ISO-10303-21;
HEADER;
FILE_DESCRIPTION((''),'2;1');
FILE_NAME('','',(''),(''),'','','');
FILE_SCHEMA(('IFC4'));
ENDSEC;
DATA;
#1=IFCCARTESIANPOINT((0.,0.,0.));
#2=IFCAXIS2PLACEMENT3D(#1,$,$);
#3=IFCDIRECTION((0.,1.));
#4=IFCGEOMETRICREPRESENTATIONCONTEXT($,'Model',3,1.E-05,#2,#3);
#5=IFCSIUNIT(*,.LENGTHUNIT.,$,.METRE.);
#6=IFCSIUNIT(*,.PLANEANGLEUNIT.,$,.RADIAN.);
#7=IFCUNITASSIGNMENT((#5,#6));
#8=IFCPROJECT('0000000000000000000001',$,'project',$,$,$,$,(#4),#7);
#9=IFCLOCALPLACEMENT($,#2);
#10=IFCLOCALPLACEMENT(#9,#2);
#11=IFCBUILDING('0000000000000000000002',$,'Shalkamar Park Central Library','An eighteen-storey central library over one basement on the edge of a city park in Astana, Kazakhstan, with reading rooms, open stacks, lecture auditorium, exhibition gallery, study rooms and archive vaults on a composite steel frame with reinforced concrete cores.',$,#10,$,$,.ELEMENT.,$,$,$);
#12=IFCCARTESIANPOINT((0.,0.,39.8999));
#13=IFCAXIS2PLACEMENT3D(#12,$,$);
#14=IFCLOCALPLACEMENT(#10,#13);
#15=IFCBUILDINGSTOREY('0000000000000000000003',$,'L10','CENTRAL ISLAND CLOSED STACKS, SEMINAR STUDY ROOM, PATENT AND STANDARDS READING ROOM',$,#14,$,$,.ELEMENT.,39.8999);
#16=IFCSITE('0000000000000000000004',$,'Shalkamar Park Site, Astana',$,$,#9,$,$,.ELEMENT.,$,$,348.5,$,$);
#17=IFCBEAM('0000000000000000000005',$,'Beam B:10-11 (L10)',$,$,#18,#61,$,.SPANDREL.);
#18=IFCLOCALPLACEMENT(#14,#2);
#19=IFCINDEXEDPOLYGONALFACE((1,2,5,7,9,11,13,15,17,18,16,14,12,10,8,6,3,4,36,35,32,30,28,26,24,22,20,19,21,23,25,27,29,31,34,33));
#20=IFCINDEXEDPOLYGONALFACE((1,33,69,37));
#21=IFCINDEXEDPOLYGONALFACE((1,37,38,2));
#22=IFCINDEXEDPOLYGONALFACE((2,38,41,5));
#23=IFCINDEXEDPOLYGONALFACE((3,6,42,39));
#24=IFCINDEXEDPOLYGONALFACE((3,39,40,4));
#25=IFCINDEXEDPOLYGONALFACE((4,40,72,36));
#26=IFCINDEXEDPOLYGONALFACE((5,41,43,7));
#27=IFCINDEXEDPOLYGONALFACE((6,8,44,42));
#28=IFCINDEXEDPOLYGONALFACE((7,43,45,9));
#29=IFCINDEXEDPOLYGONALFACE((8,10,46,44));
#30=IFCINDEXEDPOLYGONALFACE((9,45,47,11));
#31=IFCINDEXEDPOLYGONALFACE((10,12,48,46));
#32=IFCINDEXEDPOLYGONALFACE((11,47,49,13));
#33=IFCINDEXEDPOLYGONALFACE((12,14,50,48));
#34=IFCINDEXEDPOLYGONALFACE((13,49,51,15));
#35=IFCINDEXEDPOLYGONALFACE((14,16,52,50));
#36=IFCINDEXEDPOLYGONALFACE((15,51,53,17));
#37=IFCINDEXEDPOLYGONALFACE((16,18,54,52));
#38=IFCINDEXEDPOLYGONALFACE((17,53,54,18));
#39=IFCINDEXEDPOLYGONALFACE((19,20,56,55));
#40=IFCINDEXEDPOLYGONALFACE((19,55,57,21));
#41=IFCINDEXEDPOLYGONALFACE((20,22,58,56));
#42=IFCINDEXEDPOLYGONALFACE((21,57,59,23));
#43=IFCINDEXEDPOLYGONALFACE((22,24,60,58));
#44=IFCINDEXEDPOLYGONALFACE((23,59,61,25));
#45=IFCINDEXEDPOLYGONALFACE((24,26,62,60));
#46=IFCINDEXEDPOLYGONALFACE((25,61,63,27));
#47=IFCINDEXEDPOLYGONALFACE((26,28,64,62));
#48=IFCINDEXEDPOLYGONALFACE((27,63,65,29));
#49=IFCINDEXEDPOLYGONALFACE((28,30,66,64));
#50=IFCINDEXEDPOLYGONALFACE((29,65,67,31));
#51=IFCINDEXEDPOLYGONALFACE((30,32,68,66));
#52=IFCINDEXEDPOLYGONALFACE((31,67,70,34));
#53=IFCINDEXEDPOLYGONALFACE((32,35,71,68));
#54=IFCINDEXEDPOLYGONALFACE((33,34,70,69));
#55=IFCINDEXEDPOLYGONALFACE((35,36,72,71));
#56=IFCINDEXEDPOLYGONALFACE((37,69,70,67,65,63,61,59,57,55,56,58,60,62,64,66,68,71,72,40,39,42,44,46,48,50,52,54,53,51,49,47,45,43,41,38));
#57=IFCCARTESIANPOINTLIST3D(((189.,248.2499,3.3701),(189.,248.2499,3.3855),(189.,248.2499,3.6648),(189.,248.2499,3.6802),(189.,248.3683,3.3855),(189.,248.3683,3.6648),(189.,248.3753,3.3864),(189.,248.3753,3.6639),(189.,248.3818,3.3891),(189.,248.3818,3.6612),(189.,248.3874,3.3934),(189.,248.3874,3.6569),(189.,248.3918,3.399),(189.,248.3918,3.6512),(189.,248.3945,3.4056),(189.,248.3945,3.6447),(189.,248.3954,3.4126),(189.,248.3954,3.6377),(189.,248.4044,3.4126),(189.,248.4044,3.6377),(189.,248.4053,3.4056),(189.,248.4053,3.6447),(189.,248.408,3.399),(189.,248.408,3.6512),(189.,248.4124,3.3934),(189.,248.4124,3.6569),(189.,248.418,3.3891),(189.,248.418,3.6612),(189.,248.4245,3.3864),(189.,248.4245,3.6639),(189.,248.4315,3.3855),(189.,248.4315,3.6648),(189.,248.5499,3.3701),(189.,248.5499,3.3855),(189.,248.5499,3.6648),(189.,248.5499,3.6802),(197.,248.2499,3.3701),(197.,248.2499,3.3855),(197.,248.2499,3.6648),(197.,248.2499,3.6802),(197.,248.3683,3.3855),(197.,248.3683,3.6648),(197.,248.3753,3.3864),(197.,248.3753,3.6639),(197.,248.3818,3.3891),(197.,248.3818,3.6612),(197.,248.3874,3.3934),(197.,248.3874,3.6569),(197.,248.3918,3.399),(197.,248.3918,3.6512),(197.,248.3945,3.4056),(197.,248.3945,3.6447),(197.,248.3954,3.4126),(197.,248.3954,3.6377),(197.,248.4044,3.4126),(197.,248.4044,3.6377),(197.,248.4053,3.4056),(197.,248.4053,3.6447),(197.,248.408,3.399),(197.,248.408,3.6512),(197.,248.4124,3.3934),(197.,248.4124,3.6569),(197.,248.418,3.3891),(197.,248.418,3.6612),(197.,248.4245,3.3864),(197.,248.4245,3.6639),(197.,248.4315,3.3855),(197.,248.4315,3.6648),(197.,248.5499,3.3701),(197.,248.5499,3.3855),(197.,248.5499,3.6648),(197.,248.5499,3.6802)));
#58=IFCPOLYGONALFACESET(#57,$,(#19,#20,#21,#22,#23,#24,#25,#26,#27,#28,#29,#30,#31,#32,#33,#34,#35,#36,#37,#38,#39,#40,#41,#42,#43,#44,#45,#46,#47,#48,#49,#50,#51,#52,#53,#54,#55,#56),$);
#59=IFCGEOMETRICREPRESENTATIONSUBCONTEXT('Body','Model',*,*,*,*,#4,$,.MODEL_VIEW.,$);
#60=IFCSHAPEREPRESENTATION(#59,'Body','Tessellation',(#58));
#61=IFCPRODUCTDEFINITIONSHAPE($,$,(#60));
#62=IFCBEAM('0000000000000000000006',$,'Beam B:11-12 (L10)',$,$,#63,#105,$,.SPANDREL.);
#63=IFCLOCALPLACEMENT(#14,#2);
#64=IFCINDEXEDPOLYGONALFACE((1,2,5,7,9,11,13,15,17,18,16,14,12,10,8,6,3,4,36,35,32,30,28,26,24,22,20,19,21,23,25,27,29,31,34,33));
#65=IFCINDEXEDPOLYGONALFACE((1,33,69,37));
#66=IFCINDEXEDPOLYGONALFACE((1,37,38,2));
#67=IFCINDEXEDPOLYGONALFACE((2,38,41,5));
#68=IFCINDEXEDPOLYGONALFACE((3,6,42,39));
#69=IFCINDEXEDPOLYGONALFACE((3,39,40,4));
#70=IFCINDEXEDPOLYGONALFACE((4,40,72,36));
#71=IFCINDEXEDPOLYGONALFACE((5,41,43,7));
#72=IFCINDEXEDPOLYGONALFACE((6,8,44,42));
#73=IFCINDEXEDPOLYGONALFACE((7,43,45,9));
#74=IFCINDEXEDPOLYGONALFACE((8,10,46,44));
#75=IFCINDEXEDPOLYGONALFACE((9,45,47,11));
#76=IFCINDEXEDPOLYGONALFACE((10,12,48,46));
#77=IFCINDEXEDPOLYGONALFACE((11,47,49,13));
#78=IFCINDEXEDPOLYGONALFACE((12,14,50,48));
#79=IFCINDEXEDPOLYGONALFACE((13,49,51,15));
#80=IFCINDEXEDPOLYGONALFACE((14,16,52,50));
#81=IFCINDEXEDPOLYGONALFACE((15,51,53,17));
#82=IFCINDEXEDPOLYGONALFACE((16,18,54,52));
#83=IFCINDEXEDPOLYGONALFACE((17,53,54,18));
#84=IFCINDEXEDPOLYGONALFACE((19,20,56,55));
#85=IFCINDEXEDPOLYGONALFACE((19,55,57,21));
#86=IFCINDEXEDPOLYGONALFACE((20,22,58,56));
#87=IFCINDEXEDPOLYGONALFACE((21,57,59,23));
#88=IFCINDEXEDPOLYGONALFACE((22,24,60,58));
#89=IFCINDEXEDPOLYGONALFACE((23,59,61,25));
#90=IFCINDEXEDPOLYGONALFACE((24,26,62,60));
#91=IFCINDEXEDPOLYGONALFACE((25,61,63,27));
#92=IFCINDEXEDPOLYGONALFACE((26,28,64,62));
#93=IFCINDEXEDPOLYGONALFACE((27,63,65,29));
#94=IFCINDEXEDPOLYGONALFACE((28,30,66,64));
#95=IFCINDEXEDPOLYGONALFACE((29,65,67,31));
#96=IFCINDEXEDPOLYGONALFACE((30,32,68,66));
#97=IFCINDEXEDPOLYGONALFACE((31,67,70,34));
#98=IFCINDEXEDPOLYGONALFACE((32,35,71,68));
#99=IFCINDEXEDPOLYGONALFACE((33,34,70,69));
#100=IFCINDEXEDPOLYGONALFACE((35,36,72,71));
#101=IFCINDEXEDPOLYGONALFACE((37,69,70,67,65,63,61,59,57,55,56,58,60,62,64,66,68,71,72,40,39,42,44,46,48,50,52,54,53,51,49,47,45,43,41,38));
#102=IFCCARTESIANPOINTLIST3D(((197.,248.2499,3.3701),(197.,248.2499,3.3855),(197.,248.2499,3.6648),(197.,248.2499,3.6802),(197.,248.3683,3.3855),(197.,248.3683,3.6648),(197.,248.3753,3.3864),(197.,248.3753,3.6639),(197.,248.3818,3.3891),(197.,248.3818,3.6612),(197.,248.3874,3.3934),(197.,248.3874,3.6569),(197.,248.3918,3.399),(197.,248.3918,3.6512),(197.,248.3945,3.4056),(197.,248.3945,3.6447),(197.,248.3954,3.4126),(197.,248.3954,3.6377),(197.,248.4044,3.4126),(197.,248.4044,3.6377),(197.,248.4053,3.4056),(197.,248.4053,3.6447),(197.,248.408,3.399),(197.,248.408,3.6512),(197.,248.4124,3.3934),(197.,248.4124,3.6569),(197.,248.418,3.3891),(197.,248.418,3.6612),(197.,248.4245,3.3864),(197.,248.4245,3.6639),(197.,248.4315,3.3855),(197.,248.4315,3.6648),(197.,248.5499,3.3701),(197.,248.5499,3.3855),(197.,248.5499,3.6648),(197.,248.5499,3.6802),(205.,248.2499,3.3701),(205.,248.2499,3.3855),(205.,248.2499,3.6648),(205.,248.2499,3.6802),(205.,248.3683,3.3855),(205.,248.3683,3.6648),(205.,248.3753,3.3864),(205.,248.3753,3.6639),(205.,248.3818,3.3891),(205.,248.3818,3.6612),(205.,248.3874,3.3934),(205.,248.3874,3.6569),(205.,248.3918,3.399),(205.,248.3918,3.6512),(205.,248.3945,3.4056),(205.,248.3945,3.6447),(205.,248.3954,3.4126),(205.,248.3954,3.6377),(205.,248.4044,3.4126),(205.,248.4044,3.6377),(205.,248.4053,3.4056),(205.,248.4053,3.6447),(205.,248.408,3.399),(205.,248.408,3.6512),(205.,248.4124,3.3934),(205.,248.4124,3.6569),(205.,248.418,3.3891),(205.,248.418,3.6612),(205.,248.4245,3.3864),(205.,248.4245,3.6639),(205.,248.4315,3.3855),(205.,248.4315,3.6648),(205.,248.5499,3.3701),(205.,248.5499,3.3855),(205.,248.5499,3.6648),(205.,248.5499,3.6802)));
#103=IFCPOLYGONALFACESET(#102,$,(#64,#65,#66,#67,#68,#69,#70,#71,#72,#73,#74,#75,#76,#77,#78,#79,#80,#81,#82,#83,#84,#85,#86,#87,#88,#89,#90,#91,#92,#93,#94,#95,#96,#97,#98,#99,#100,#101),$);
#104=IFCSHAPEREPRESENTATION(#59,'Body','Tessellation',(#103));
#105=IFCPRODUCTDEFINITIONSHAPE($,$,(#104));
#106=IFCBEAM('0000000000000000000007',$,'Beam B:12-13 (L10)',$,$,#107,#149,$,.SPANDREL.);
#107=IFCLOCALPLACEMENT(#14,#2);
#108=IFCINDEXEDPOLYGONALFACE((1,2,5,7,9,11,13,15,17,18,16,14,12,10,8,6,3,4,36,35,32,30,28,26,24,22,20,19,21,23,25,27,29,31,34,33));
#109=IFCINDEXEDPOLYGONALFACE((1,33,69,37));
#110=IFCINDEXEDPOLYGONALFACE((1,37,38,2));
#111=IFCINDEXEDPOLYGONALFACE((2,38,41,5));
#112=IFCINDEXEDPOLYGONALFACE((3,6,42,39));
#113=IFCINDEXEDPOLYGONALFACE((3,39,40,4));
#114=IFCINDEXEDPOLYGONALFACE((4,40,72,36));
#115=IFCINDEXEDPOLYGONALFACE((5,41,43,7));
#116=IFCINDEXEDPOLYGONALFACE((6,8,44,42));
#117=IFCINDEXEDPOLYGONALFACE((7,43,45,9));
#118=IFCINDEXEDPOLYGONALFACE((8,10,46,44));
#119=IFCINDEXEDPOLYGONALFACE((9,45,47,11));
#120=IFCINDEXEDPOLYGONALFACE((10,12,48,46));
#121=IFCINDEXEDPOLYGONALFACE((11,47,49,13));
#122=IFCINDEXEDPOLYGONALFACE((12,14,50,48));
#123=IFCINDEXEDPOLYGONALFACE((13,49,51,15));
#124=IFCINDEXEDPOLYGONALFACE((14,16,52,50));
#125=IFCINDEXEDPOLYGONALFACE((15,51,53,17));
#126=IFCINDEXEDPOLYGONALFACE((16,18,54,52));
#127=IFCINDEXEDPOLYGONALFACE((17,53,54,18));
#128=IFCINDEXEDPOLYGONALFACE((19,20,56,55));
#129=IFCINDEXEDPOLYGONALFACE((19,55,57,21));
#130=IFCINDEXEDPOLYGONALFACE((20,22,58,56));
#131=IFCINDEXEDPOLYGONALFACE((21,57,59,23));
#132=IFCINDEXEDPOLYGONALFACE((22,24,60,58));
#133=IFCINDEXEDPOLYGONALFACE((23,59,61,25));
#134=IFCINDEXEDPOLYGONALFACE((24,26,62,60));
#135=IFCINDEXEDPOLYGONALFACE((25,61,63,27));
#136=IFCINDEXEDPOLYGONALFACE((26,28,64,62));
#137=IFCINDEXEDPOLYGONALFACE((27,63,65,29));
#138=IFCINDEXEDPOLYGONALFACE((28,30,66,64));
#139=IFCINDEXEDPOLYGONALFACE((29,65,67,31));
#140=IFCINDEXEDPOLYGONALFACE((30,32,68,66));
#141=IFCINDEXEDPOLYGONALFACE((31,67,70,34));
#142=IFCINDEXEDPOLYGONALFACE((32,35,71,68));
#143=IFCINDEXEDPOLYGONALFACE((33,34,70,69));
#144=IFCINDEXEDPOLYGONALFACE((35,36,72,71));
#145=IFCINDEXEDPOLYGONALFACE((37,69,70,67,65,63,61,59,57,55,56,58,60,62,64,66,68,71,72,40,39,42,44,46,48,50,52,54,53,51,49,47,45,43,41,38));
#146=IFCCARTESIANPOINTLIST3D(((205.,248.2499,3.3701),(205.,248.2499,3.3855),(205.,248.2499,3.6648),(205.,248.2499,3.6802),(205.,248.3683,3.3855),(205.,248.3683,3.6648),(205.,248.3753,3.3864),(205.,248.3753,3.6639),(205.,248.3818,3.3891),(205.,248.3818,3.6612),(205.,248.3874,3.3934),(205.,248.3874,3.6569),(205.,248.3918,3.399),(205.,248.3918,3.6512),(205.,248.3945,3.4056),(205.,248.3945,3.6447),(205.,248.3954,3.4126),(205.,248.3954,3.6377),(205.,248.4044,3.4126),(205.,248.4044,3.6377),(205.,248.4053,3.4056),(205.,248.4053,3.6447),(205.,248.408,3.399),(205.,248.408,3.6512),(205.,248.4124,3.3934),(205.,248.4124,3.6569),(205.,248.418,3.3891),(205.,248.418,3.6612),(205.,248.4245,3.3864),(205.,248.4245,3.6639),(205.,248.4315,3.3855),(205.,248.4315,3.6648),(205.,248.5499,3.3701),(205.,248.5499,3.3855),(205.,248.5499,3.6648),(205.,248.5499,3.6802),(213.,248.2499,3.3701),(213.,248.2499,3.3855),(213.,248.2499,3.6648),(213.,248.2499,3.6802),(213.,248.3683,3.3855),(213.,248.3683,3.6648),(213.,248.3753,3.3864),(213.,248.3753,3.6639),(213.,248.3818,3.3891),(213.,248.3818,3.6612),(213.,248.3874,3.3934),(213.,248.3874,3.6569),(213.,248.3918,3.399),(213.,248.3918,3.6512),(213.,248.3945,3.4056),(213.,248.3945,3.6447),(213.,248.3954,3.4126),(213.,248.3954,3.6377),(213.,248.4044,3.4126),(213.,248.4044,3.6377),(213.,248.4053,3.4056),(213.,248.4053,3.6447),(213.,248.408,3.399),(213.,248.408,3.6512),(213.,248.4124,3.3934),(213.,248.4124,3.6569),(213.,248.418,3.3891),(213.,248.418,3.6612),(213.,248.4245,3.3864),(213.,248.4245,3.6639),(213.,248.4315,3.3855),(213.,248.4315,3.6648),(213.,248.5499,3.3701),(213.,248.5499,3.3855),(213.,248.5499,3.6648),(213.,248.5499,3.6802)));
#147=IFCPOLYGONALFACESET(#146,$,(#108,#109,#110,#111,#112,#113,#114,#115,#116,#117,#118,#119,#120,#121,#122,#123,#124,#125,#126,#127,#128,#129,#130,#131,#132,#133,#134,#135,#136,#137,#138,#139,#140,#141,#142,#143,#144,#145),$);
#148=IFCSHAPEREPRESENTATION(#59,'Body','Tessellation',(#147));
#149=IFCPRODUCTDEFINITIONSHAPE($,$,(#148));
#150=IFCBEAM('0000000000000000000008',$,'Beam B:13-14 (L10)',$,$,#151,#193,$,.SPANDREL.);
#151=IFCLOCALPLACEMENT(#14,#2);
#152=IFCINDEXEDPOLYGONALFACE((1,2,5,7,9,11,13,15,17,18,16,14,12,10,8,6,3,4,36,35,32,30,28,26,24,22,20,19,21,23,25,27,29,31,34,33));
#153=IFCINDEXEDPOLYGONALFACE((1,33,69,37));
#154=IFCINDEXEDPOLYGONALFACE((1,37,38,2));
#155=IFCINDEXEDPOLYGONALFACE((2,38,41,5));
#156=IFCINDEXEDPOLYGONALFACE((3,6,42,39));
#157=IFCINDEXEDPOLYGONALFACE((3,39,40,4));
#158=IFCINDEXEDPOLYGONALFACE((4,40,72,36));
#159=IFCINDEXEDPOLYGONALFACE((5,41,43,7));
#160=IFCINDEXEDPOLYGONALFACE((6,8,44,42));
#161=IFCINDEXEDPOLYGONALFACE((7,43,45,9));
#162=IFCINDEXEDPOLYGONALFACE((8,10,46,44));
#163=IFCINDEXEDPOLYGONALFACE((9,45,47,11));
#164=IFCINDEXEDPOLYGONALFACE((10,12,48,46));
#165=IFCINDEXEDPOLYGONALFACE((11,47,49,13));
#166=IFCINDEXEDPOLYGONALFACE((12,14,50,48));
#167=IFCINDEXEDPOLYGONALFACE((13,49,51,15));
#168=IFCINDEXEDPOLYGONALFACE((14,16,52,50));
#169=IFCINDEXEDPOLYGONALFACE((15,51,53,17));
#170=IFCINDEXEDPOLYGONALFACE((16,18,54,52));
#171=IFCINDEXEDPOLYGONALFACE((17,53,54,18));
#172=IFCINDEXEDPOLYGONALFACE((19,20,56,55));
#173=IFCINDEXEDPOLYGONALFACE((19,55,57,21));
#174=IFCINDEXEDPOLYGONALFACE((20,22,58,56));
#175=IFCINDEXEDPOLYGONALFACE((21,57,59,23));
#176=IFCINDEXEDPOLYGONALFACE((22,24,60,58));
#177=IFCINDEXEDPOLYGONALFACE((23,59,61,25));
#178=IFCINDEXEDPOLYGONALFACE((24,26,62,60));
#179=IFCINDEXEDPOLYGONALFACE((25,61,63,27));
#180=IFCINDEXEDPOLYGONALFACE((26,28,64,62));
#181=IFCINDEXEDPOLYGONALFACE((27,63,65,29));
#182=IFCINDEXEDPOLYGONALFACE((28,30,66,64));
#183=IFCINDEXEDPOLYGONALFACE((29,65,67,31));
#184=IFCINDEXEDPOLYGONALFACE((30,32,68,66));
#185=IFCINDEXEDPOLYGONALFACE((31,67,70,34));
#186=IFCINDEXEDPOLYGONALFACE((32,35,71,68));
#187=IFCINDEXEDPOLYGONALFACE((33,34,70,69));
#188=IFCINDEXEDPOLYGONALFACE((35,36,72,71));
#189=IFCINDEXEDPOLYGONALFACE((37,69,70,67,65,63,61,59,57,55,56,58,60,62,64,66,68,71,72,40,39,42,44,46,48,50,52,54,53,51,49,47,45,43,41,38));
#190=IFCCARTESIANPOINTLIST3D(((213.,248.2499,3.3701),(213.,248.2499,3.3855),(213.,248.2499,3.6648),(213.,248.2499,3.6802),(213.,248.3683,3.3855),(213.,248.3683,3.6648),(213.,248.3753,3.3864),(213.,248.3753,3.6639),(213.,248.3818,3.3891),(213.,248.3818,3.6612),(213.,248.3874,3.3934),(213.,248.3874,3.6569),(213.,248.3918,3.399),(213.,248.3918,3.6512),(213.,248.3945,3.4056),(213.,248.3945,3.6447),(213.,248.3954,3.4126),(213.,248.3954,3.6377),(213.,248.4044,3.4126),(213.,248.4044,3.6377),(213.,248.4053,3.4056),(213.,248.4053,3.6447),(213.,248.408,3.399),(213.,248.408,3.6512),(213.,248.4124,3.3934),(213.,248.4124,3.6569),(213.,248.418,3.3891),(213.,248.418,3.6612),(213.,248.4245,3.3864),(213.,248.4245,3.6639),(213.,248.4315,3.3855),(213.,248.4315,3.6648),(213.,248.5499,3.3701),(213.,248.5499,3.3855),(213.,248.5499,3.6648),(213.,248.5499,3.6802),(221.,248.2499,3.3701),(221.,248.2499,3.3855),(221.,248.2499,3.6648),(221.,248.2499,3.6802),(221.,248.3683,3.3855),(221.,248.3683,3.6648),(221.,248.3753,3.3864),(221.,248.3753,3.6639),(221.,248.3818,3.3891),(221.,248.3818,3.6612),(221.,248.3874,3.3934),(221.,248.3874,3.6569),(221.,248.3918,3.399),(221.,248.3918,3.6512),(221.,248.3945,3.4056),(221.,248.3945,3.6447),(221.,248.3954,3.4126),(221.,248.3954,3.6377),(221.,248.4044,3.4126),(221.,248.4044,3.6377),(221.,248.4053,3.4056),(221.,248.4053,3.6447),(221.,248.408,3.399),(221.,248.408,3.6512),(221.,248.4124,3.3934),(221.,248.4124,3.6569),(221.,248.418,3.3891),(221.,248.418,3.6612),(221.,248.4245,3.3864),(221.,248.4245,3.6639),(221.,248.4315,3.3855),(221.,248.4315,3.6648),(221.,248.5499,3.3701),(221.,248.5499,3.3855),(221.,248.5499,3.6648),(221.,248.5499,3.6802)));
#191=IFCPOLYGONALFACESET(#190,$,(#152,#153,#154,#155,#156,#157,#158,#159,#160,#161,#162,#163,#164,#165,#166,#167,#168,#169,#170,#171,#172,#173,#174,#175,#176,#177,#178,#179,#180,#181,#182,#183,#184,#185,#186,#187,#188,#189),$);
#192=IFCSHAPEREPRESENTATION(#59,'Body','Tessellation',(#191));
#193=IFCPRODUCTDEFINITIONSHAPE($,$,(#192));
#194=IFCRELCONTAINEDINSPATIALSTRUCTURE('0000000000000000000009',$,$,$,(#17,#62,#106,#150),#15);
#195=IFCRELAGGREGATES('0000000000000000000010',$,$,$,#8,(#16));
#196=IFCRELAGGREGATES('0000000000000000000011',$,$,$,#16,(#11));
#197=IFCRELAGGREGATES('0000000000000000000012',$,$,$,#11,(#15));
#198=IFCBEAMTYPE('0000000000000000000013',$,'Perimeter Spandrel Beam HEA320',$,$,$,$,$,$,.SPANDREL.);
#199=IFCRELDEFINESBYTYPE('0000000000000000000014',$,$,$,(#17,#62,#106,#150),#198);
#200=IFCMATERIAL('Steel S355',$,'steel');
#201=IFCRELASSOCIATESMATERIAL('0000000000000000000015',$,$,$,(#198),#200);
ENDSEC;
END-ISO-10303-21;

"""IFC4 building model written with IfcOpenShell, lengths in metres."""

from ifc_helpers import new_model, si_unit, direction, frame, origin, origin_2d, place, context, subcontext, project, spatial, i_section, extrude, material, material_profile, profile_set, type_object, element, save


model = new_model("IFC4")

# Units and contexts
model_context = context("Model", 3, precision=1e-05, world=origin(), true_north=direction((0.0, 1.0)))
body_context = subcontext(model_context, "Body", "Model", "MODEL_VIEW")
ifc_project = project(units=[si_unit("LENGTHUNIT", "METRE"), si_unit("PLANEANGLEUNIT", "RADIAN")], contexts=[model_context])

# Site, building, storey
site_placement = place(None, origin())
site = spatial("IfcSite", under=ifc_project, at=site_placement, Name="Shalkamar Park Site, Astana", CompositionType="ELEMENT", RefElevation=348.5)
building_placement = place(site_placement, origin())
building = spatial("IfcBuilding", under=site, at=building_placement, Name="Shalkamar Park Central Library", Description="An eighteen-storey central library over one basement on the edge of a city park in Astana, Kazakhstan, with reading rooms, open stacks, lecture auditorium, exhibition gallery, study rooms and archive vaults on a composite steel frame with reinforced concrete cores.", CompositionType="ELEMENT")
storey_placement = place(building_placement, frame((0.0, 0.0, 39.8999)))
storey = spatial("IfcBuildingStorey", under=building, at=storey_placement, Name="L10", Description="CENTRAL ISLAND CLOSED STACKS, SEMINAR STUDY ROOM, PATENT AND STANDARDS READING ROOM", CompositionType="ELEMENT", Elevation=39.8999)

# Shared definitions
ifc_material_1 = material(Name="Steel S355", Category="steel")

# Beams
ifc_material_profile_1 = material_profile(ifc_material_1, i_section(OverallWidth=0.3, OverallDepth=0.3101, WebThickness=0.009, FlangeThickness=0.0154, FilletRadius=0.0271, at=origin_2d()), Name="HEA 320")
ifc_profile_set_1 = profile_set([ifc_material_profile_1], Name="Steel S355")
beam_type_1 = type_object("IfcBeamType", Name="Perimeter Spandrel Beam HEA320", PredefinedType="SPANDREL", material=ifc_profile_set_1)
for number, where, z_axis, x_axis, name in (
    (1, (189.0, 248.3999, 3.5251), (1.0, 0.0, 0.0), (0.0, 1.0, 0.0), "Beam B:10-11 (L10)"),
    (2, (197.0, 248.3999, 3.5251), (1.0, 0.0, 0.0), (0.0, 1.0, 0.0), "Beam B:11-12 (L10)"),
    (3, (205.0, 248.3999, 3.5251), (1.0, 0.0, 0.0), (0.0, 1.0, 0.0), "Beam B:12-13 (L10)"),
    (4, (213.0, 248.3999, 3.5251), (1.0, 0.0, 0.0), (0.0, 1.0, 0.0), "Beam B:13-14 (L10)"),
):
    element("IfcBeam", number, at=place(storey_placement, frame(where, z_axis=z_axis, x_axis=x_axis)), inside=storey, type_object=beam_type_1, Name=name, PredefinedType="SPANDREL", context=body_context, shape_type="SweptSolid", body=[
        extrude(i_section(OverallWidth=0.3, OverallDepth=0.3101, WebThickness=0.009, FlangeThickness=0.0154, FilletRadius=0.0271, at=origin_2d()), origin(), (0.0, 0.0, 1.0), 8.0),
    ])

save(model, "model.ifc")
